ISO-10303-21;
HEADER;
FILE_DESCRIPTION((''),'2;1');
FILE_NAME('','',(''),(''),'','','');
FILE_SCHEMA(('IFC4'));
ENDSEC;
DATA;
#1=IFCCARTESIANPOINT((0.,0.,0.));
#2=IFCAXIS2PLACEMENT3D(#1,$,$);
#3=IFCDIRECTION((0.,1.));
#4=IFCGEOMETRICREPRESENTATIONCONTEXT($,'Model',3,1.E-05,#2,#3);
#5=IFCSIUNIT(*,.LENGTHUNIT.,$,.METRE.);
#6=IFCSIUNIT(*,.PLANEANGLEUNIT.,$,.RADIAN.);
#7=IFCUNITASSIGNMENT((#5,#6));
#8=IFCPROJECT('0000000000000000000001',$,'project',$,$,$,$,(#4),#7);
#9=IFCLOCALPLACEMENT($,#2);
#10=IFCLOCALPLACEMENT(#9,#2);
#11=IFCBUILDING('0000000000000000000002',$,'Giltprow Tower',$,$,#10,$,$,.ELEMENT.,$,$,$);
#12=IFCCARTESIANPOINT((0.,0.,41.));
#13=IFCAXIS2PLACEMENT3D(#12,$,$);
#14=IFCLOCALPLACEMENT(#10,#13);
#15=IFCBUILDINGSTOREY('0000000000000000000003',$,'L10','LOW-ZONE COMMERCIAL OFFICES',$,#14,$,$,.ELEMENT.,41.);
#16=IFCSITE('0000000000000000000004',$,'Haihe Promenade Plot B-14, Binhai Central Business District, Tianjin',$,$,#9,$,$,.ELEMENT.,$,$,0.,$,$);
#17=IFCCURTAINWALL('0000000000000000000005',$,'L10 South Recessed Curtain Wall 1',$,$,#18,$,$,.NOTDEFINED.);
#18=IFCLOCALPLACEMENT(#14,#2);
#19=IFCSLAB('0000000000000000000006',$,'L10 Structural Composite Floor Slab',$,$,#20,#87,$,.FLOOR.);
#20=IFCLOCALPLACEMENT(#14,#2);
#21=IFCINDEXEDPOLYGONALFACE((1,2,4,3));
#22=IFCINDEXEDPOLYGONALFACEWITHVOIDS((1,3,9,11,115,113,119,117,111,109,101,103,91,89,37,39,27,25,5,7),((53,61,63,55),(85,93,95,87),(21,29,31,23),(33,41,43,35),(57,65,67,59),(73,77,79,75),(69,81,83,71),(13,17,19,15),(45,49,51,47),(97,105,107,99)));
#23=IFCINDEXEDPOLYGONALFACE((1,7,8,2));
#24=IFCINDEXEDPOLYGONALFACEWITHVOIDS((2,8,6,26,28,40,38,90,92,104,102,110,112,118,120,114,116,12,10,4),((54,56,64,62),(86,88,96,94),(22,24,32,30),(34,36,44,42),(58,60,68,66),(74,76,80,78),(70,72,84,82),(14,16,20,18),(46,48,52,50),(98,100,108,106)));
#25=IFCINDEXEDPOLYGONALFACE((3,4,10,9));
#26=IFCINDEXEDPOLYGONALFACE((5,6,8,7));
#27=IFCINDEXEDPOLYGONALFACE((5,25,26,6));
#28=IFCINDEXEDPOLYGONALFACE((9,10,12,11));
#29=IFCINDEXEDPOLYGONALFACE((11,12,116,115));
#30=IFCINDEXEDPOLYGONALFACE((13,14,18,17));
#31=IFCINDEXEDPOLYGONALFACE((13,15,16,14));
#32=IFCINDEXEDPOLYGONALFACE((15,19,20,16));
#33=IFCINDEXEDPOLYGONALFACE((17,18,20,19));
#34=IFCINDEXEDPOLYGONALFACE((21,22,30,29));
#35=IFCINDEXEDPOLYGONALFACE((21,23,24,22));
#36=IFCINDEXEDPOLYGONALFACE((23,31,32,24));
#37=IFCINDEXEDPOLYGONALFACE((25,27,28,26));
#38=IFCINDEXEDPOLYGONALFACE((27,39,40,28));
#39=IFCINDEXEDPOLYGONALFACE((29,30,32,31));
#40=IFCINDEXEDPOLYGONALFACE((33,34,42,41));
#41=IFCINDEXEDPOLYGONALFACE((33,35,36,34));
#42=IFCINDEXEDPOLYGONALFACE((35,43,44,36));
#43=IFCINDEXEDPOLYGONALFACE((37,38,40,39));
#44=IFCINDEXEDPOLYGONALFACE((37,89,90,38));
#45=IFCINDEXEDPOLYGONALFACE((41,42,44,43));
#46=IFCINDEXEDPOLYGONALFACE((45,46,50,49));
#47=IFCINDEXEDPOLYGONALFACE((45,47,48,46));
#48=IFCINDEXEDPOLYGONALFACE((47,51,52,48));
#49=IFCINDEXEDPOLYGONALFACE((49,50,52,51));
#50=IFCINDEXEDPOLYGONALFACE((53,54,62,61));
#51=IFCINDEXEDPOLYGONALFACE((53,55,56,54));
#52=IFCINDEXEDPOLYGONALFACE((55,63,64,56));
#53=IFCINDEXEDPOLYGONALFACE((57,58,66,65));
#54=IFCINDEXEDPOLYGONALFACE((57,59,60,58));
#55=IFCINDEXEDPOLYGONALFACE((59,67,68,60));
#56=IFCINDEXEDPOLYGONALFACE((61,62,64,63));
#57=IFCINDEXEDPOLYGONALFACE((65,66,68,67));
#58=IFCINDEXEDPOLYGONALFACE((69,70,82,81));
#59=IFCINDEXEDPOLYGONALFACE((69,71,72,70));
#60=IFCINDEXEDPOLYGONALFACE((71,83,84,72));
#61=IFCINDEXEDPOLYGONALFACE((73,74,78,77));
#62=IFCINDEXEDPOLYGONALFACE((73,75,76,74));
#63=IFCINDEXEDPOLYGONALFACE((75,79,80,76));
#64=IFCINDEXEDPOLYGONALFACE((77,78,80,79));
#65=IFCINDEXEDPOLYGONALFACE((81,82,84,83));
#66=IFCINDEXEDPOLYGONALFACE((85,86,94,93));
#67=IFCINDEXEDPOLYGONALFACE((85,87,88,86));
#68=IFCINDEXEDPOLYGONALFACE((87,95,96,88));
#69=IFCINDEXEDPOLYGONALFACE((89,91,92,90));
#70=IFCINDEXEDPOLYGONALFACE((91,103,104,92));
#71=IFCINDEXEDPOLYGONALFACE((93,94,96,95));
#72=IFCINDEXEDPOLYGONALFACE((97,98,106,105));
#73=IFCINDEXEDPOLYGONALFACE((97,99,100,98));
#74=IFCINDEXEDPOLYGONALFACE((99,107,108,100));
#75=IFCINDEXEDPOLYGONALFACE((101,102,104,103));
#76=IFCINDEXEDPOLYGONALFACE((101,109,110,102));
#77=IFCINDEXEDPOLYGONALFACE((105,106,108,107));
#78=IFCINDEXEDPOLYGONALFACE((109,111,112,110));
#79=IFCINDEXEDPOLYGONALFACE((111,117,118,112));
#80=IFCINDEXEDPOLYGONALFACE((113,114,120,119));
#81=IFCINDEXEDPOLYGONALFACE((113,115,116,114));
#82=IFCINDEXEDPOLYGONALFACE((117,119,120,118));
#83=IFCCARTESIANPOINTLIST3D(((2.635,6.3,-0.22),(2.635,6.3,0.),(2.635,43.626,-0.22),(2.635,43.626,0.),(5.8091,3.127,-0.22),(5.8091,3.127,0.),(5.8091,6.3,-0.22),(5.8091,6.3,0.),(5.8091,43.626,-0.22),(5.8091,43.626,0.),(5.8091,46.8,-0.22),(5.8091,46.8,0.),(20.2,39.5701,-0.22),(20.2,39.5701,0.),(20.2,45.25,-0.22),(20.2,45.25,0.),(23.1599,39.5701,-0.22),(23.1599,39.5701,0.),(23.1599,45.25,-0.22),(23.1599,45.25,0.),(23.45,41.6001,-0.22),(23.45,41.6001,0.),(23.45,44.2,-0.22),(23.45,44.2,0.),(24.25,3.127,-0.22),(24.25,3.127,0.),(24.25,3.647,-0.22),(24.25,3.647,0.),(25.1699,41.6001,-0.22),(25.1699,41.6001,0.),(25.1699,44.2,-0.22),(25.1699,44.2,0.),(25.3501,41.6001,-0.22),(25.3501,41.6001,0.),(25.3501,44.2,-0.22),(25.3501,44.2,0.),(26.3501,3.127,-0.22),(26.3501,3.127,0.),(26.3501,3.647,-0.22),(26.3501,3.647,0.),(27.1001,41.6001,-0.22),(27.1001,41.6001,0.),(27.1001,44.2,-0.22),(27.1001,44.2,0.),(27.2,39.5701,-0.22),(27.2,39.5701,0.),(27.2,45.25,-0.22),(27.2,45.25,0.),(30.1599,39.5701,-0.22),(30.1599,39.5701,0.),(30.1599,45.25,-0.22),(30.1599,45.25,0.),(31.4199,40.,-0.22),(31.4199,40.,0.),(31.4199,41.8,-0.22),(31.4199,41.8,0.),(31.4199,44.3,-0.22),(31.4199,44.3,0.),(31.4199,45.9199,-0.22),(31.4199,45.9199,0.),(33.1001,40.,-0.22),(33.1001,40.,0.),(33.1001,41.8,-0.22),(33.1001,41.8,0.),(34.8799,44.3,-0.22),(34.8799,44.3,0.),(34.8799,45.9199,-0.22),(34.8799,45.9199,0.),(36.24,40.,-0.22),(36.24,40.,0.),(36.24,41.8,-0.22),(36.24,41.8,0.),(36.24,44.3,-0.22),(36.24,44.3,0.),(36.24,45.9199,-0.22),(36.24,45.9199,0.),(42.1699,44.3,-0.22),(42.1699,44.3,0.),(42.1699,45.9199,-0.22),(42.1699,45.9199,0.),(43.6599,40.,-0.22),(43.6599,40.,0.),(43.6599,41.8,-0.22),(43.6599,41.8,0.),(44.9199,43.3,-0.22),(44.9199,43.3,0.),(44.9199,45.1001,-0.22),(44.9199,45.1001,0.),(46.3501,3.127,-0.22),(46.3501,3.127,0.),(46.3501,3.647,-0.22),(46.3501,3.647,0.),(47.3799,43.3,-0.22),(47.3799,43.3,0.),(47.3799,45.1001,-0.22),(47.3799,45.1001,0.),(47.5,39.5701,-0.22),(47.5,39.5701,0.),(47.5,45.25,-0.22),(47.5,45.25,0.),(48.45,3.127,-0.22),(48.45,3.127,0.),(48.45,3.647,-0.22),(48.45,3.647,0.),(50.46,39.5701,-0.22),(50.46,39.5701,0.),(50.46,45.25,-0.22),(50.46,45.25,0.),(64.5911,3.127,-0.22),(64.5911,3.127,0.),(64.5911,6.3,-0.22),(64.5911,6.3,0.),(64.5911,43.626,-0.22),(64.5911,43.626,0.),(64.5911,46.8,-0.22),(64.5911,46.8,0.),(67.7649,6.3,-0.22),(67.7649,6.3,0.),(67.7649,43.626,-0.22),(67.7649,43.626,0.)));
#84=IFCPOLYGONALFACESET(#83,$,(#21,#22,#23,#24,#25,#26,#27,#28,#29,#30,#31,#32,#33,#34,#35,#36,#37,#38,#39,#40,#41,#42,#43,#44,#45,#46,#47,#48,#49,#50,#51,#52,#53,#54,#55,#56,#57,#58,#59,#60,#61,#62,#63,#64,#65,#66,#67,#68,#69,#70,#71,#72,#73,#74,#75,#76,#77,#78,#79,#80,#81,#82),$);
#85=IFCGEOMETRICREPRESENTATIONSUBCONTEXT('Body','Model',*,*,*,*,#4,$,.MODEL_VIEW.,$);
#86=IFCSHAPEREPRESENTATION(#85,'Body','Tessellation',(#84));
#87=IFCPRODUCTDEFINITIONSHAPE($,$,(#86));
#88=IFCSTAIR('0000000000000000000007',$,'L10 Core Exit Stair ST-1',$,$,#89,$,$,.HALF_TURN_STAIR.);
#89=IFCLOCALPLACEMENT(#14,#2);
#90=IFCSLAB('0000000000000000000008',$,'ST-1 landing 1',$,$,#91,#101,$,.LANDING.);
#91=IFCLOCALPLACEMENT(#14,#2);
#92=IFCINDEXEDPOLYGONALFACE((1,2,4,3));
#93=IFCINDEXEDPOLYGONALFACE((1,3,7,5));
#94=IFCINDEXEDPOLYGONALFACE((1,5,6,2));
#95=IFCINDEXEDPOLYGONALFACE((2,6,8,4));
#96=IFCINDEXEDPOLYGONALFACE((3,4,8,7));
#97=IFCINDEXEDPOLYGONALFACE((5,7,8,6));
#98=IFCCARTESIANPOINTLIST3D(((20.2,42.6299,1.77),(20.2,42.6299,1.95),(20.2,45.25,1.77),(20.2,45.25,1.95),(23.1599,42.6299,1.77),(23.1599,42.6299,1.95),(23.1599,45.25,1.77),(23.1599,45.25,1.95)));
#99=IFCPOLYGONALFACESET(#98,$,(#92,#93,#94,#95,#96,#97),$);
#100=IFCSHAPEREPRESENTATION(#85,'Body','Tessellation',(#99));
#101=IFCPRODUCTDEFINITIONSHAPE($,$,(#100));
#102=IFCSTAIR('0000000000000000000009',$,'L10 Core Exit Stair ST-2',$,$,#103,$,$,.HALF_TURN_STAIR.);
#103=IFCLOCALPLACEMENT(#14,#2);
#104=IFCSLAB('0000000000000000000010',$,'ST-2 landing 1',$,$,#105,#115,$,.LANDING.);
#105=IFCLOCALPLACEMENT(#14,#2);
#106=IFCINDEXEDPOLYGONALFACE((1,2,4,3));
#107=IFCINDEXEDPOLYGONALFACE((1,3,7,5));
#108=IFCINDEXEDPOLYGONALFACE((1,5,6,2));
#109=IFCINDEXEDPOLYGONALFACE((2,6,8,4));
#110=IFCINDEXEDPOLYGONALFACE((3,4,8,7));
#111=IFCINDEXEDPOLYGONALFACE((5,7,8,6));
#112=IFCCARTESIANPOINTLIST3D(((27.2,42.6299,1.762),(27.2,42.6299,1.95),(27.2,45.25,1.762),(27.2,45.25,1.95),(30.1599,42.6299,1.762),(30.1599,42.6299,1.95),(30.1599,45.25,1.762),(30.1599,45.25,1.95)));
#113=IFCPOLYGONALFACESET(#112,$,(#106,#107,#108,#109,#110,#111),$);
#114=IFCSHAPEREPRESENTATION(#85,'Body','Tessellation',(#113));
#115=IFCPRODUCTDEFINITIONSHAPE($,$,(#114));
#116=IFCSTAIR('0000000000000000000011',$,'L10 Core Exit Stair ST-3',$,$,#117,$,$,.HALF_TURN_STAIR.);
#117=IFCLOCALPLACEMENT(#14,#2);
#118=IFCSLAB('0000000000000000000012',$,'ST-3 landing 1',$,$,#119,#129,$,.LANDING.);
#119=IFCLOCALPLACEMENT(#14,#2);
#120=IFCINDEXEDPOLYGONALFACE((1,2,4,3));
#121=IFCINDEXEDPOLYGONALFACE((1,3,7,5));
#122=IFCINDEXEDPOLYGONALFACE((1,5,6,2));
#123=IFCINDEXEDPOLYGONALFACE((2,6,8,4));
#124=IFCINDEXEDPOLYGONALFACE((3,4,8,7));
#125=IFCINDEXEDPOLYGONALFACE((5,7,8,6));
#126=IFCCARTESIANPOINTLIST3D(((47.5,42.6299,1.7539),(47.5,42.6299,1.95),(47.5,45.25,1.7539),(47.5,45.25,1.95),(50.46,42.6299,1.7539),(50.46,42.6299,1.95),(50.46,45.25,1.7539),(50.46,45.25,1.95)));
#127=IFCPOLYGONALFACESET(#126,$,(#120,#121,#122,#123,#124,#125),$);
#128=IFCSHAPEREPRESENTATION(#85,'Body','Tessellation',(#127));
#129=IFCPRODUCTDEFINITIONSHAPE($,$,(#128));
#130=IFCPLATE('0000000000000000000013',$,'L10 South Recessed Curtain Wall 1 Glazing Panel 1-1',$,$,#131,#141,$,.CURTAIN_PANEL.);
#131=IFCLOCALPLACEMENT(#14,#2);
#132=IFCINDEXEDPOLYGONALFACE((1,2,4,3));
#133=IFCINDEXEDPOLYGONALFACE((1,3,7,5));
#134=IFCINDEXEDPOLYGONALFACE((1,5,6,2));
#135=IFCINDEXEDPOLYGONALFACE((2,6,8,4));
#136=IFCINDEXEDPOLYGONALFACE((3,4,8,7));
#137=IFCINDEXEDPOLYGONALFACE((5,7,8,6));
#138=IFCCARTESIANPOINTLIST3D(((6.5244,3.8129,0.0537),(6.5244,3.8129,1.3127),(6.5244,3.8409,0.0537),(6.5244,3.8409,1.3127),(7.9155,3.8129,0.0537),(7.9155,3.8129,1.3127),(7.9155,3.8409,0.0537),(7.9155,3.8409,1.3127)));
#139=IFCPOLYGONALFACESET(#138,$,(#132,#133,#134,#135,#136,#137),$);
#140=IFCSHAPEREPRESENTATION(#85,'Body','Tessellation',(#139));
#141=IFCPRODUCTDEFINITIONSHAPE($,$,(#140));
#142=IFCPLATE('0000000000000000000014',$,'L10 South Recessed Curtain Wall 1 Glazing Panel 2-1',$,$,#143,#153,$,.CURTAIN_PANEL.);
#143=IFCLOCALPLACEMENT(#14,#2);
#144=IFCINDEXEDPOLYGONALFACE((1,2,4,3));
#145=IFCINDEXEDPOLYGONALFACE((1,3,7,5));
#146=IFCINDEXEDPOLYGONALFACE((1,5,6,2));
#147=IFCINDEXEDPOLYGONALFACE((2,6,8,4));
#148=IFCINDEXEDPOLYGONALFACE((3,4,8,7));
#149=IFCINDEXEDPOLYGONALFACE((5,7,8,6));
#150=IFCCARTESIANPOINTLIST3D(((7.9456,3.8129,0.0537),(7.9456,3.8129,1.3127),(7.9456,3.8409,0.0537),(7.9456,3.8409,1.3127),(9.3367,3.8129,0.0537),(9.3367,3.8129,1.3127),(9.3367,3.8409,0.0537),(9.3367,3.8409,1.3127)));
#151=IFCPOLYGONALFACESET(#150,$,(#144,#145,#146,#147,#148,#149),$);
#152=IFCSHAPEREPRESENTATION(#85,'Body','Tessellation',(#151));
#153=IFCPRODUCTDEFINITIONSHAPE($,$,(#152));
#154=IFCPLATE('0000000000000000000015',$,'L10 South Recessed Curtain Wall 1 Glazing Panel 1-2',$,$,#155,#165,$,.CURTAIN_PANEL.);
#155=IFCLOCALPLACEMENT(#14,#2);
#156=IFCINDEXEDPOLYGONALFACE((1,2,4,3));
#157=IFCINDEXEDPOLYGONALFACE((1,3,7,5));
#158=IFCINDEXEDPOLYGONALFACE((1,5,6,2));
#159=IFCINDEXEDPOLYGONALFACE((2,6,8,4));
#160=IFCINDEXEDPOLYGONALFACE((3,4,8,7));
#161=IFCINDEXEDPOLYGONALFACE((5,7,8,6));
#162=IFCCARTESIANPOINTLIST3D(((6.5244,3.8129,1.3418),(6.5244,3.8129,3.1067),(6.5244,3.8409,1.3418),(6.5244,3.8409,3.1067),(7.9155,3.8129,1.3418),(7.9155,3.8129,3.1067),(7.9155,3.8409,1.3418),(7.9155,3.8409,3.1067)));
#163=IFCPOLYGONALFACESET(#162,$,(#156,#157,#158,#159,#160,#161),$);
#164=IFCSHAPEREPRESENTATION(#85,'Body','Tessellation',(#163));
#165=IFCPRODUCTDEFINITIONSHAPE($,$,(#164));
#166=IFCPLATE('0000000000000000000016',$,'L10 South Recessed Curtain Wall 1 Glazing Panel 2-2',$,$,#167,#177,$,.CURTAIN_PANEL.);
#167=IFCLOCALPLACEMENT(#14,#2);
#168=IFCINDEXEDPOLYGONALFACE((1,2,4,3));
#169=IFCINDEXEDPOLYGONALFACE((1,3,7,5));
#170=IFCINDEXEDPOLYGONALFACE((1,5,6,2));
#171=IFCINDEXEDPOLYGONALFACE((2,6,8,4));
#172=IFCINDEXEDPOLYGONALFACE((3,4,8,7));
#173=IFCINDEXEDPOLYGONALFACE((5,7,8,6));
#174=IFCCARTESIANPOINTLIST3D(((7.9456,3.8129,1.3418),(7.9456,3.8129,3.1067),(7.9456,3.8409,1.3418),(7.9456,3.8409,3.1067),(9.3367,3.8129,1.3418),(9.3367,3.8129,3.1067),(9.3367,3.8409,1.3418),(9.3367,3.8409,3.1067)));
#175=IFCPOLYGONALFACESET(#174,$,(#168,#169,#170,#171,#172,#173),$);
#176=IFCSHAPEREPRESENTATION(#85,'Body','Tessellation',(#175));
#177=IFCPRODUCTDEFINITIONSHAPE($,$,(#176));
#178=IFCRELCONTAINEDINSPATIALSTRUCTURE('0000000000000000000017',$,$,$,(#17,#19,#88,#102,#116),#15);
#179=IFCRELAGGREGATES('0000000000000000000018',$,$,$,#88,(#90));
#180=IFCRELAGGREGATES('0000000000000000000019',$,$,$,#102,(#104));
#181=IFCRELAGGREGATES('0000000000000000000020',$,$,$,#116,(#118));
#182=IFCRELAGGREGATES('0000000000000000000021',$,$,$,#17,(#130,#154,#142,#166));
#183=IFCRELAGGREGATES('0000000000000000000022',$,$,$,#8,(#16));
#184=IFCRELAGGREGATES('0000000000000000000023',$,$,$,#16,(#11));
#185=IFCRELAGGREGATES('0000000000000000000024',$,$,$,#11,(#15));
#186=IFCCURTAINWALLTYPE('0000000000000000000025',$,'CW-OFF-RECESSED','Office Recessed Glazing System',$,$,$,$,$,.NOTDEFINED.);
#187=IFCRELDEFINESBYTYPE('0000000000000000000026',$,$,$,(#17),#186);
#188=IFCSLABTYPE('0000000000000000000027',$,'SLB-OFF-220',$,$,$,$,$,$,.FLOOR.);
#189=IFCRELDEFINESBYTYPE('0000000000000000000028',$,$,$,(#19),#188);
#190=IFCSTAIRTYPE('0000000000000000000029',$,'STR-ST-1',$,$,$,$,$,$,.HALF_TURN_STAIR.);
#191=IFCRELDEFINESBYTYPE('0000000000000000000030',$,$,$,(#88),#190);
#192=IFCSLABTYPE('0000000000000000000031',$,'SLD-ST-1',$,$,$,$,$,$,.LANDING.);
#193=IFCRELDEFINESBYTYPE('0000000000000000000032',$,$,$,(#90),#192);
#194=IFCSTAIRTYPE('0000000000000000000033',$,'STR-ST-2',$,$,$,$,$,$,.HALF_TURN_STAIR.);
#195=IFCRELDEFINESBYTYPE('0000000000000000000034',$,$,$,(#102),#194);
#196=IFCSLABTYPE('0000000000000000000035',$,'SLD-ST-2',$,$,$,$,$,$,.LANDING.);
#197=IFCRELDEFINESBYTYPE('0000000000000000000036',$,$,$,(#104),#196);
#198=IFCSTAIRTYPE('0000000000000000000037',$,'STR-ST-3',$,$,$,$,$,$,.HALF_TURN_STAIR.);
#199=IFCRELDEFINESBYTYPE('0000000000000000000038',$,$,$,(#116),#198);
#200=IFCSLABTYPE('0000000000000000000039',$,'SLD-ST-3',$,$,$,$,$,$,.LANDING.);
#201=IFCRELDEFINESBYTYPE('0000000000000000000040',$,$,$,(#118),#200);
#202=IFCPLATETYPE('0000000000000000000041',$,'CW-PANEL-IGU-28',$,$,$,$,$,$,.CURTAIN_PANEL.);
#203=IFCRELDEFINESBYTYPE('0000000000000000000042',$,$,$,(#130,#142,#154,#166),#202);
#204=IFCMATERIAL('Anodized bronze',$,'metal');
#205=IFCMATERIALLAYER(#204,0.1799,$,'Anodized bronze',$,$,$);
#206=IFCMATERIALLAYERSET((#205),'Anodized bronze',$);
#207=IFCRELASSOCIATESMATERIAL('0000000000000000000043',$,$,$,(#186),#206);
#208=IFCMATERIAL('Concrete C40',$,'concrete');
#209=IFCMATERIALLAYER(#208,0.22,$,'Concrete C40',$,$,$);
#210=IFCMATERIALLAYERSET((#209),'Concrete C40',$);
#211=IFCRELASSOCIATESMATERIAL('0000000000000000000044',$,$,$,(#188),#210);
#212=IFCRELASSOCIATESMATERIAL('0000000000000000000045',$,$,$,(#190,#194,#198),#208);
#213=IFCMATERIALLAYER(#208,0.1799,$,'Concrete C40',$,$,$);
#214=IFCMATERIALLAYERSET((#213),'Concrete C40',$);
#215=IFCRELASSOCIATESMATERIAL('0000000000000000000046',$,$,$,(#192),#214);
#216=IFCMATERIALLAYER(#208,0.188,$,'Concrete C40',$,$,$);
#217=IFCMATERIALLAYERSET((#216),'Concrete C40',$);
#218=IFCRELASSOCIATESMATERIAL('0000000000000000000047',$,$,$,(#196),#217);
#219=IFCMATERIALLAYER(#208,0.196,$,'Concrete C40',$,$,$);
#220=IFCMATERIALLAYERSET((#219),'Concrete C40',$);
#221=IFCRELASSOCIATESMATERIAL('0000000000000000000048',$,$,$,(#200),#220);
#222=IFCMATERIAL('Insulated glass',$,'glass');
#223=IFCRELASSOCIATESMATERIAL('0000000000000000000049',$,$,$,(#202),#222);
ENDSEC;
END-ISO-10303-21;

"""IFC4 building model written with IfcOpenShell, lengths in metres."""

from ifc_helpers import new_model, si_unit, direction, frame, origin, origin_2d, place, context, subcontext, project, spatial, polyline, rectangle, outline, extrude, source, transform, mapped, material, layer, layer_set, type_object, element, aggregate, save


model = new_model("IFC4")

# Units and contexts
model_context = context("Model", 3, precision=1e-05, world=origin(), true_north=direction((0.0, 1.0)))
body_context = subcontext(model_context, "Body", "Model", "MODEL_VIEW")
ifc_project = project(units=[si_unit("LENGTHUNIT", "METRE"), si_unit("PLANEANGLEUNIT", "RADIAN")], contexts=[model_context])

# Site, building, storey
site_placement = place(None, origin())
site = spatial("IfcSite", under=ifc_project, at=site_placement, Name="Haihe Promenade Plot B-14, Binhai Central Business District, Tianjin", CompositionType="ELEMENT", RefElevation=0.0)
building_placement = place(site_placement, origin())
building = spatial("IfcBuilding", under=site, at=building_placement, Name="Giltprow Tower", CompositionType="ELEMENT")
storey_placement = place(building_placement, frame((0.0, 0.0, 41.0)))
storey = spatial("IfcBuildingStorey", under=building, at=storey_placement, Name="L10", Description="LOW-ZONE COMMERCIAL OFFICES", CompositionType="ELEMENT", Elevation=41.0)

# Curtain wall
ifc_material_1 = material(Name="Anodized bronze", Category="metal")
ifc_layer_1 = layer(ifc_material_1, 0.1799, Name="Anodized bronze")
ifc_layer_set_1 = layer_set([ifc_layer_1], Name="Anodized bronze")
curtain_wall_type = type_object("IfcCurtainWallType", Name="CW-OFF-RECESSED", Description="Office Recessed Glazing System", PredefinedType="NOTDEFINED", material=ifc_layer_set_1)
curtain_wall_placement = place(storey_placement, origin())
curtain_wall = element("IfcCurtainWall", 1, at=curtain_wall_placement, inside=storey, type_object=curtain_wall_type, Name="L10 South Recessed Curtain Wall 1", PredefinedType="NOTDEFINED")

# Slab
ifc_material_2 = material(Name="Concrete C40", Category="concrete")
ifc_layer_2 = layer(ifc_material_2, 0.22, Name="Concrete C40")
ifc_layer_set_2 = layer_set([ifc_layer_2], Name="Concrete C40")
slab_type_1 = type_object("IfcSlabType", Name="SLB-OFF-220", PredefinedType="FLOOR", material=ifc_layer_set_2)
slab_1_placement = place(storey_placement, frame((0.0, 0.0, -0.22)))
element("IfcSlab", 2, at=slab_1_placement, inside=storey, type_object=slab_type_1, Name="L10 Structural Composite Floor Slab", PredefinedType="FLOOR", context=body_context, shape_type="SweptSolid", body=[
    extrude(outline(polyline([(5.8091, 3.127), (5.8091, 6.3), (2.635, 6.3), (2.635, 43.626), (5.8091, 43.626), (5.8091, 46.8), (64.5911, 46.8), (64.5911, 43.626), (67.7649, 43.626), (67.7649, 6.3), (64.5911, 6.3), (64.5911, 3.127), (48.45, 3.127), (48.45, 3.647), (46.3501, 3.647), (46.3501, 3.127), (26.3501, 3.127), (26.3501, 3.647), (24.25, 3.647), (24.25, 3.127), (5.8091, 3.127)]), holes=[polyline([(33.1001, 41.8), (31.4199, 41.8), (31.4199, 40.0), (33.1001, 40.0), (33.1001, 41.8)]), polyline([(23.1599, 39.5701), (23.1599, 45.25), (20.2, 45.25), (20.2, 39.5701), (23.1599, 39.5701)]), polyline([(30.1599, 45.25), (27.2, 45.25), (27.2, 39.5701), (30.1599, 39.5701), (30.1599, 45.25)]), polyline([(25.1699, 41.6001), (25.1699, 44.2), (23.45, 44.2), (23.45, 41.6001), (25.1699, 41.6001)]), polyline([(27.1001, 41.6001), (27.1001, 44.2), (25.3501, 44.2), (25.3501, 41.6001), (27.1001, 41.6001)]), polyline([(43.6599, 40.0), (43.6599, 41.8), (36.24, 41.8), (36.24, 40.0), (43.6599, 40.0)]), polyline([(50.46, 39.5701), (50.46, 45.25), (47.5, 45.25), (47.5, 39.5701), (50.46, 39.5701)]), polyline([(47.3799, 45.1001), (44.9199, 45.1001), (44.9199, 43.3), (47.3799, 43.3), (47.3799, 45.1001)]), polyline([(34.8799, 44.3), (34.8799, 45.9199), (31.4199, 45.9199), (31.4199, 44.3), (34.8799, 44.3)]), polyline([(42.1699, 44.3), (42.1699, 45.9199), (36.24, 45.9199), (36.24, 44.3), (42.1699, 44.3)])]), origin(), (0.0, 0.0, 1.0), 0.22),
])

# Stairs, slabs
stair_type_1 = type_object("IfcStairType", Name="STR-ST-1", PredefinedType="HALF_TURN_STAIR", material=ifc_material_2)
stair_1_placement = place(storey_placement, origin())
stair_1 = element("IfcStair", 3, at=stair_1_placement, inside=storey, type_object=stair_type_1, Name="L10 Core Exit Stair ST-1", PredefinedType="HALF_TURN_STAIR")
ifc_layer_3 = layer(ifc_material_2, 0.1799, Name="Concrete C40")
ifc_layer_set_3 = layer_set([ifc_layer_3], Name="Concrete C40")
slab_type_2 = type_object("IfcSlabType", Name="SLD-ST-1", PredefinedType="LANDING", material=ifc_layer_set_3)
slab_2_placement = place(storey_placement, frame((0.0, 0.0, 1.77)))
slab_2 = element("IfcSlab", 4, at=slab_2_placement, type_object=slab_type_2, Name="ST-1 landing 1", PredefinedType="LANDING", context=body_context, shape_type="SweptSolid", body=[
    extrude(outline(polyline([(23.1599, 42.6299), (23.1599, 45.25), (20.2, 45.25), (20.2, 42.6299), (23.1599, 42.6299)])), origin(), (0.0, 0.0, 1.0), 0.1799),
])
aggregate(stair_1, [slab_2])
stair_type_2 = type_object("IfcStairType", Name="STR-ST-2", PredefinedType="HALF_TURN_STAIR", material=ifc_material_2)
stair_2_placement = place(storey_placement, origin())
stair_2 = element("IfcStair", 5, at=stair_2_placement, inside=storey, type_object=stair_type_2, Name="L10 Core Exit Stair ST-2", PredefinedType="HALF_TURN_STAIR")
ifc_layer_4 = layer(ifc_material_2, 0.188, Name="Concrete C40")
ifc_layer_set_4 = layer_set([ifc_layer_4], Name="Concrete C40")
slab_type_3 = type_object("IfcSlabType", Name="SLD-ST-2", PredefinedType="LANDING", material=ifc_layer_set_4)
slab_3_placement = place(storey_placement, frame((0.0, 0.0, 1.762)))
slab_3 = element("IfcSlab", 6, at=slab_3_placement, type_object=slab_type_3, Name="ST-2 landing 1", PredefinedType="LANDING", context=body_context, shape_type="SweptSolid", body=[
    extrude(outline(polyline([(30.1599, 42.6299), (30.1599, 45.25), (27.2, 45.25), (27.2, 42.6299), (30.1599, 42.6299)])), origin(), (0.0, 0.0, 1.0), 0.188),
])
aggregate(stair_2, [slab_3])
stair_type_3 = type_object("IfcStairType", Name="STR-ST-3", PredefinedType="HALF_TURN_STAIR", material=ifc_material_2)
stair_3_placement = place(storey_placement, origin())
stair_3 = element("IfcStair", 7, at=stair_3_placement, inside=storey, type_object=stair_type_3, Name="L10 Core Exit Stair ST-3", PredefinedType="HALF_TURN_STAIR")
ifc_layer_5 = layer(ifc_material_2, 0.196, Name="Concrete C40")
ifc_layer_set_5 = layer_set([ifc_layer_5], Name="Concrete C40")
slab_type_4 = type_object("IfcSlabType", Name="SLD-ST-3", PredefinedType="LANDING", material=ifc_layer_set_5)
slab_4_placement = place(storey_placement, frame((0.0, 0.0, 1.7539)))
slab_4 = element("IfcSlab", 8, at=slab_4_placement, type_object=slab_type_4, Name="ST-3 landing 1", PredefinedType="LANDING", context=body_context, shape_type="SweptSolid", body=[
    extrude(outline(polyline([(50.46, 42.6299), (50.46, 45.25), (47.5, 45.25), (47.5, 42.6299), (50.46, 42.6299)])), origin(), (0.0, 0.0, 1.0), 0.196),
])
aggregate(stair_3, [slab_4])

# Plates
ifc_material_3 = material(Name="Insulated glass", Category="glass")
plate_type = type_object("IfcPlateType", Name="CW-PANEL-IGU-28", PredefinedType="CURTAIN_PANEL", material=ifc_material_3)
shared_shape_1 = source(origin(), body_context, "Body", "SweptSolid", [
    extrude(rectangle(XDim=1.3911, YDim=0.0281, at=origin_2d()), origin(), (0.0, 0.0, 1.0), 1.259),
])
plate_1_placement = place(storey_placement, frame((7.22, 3.8269, 0.0537), z_axis=(0.0, 0.0, 1.0), x_axis=(1.0, 0.0, 0.0)))
plate_1 = element("IfcPlate", 9, at=plate_1_placement, type_object=plate_type, Name="L10 South Recessed Curtain Wall 1 Glazing Panel 1-1", PredefinedType="CURTAIN_PANEL", context=body_context, shape_type="MappedRepresentation", body=[
    mapped(shared_shape_1, transform((0.0, 0.0, 0.0), x_axis=(1.0, 0.0, 0.0), y_axis=(0.0, 1.0, 0.0), z_axis=(0.0, 0.0, 1.0), scale=1.0)),
])
plate_2_placement = place(storey_placement, frame((8.6411, 3.8269, 0.0537), z_axis=(0.0, 0.0, 1.0), x_axis=(1.0, 0.0, 0.0)))
plate_2 = element("IfcPlate", 10, at=plate_2_placement, type_object=plate_type, Name="L10 South Recessed Curtain Wall 1 Glazing Panel 2-1", PredefinedType="CURTAIN_PANEL", context=body_context, shape_type="MappedRepresentation", body=[
    mapped(shared_shape_1, transform((0.0, 0.0, 0.0), x_axis=(1.0, 0.0, 0.0), y_axis=(0.0, 1.0, 0.0), z_axis=(0.0, 0.0, 1.0), scale=1.0)),
])
shared_shape_2 = source(origin(), body_context, "Body", "SweptSolid", [
    extrude(rectangle(XDim=1.3911, YDim=0.0281, at=origin_2d()), origin(), (0.0, 0.0, 1.0), 1.7649),
])
plate_3_placement = place(storey_placement, frame((7.22, 3.8269, 1.3418), z_axis=(0.0, 0.0, 1.0), x_axis=(1.0, 0.0, 0.0)))
plate_3 = element("IfcPlate", 11, at=plate_3_placement, type_object=plate_type, Name="L10 South Recessed Curtain Wall 1 Glazing Panel 1-2", PredefinedType="CURTAIN_PANEL", context=body_context, shape_type="MappedRepresentation", body=[
    mapped(shared_shape_2, transform((0.0, 0.0, 0.0), x_axis=(1.0, 0.0, 0.0), y_axis=(0.0, 1.0, 0.0), z_axis=(0.0, 0.0, 1.0), scale=1.0)),
])
plate_4_placement = place(storey_placement, frame((8.6411, 3.8269, 1.3418), z_axis=(0.0, 0.0, 1.0), x_axis=(1.0, 0.0, 0.0)))
plate_4 = element("IfcPlate", 12, at=plate_4_placement, type_object=plate_type, Name="L10 South Recessed Curtain Wall 1 Glazing Panel 2-2", PredefinedType="CURTAIN_PANEL", context=body_context, shape_type="MappedRepresentation", body=[
    mapped(shared_shape_2, transform((0.0, 0.0, 0.0), x_axis=(1.0, 0.0, 0.0), y_axis=(0.0, 1.0, 0.0), z_axis=(0.0, 0.0, 1.0), scale=1.0)),
])
aggregate(curtain_wall, [plate_1, plate_3, plate_2, plate_4])

save(model, "model.ifc")
